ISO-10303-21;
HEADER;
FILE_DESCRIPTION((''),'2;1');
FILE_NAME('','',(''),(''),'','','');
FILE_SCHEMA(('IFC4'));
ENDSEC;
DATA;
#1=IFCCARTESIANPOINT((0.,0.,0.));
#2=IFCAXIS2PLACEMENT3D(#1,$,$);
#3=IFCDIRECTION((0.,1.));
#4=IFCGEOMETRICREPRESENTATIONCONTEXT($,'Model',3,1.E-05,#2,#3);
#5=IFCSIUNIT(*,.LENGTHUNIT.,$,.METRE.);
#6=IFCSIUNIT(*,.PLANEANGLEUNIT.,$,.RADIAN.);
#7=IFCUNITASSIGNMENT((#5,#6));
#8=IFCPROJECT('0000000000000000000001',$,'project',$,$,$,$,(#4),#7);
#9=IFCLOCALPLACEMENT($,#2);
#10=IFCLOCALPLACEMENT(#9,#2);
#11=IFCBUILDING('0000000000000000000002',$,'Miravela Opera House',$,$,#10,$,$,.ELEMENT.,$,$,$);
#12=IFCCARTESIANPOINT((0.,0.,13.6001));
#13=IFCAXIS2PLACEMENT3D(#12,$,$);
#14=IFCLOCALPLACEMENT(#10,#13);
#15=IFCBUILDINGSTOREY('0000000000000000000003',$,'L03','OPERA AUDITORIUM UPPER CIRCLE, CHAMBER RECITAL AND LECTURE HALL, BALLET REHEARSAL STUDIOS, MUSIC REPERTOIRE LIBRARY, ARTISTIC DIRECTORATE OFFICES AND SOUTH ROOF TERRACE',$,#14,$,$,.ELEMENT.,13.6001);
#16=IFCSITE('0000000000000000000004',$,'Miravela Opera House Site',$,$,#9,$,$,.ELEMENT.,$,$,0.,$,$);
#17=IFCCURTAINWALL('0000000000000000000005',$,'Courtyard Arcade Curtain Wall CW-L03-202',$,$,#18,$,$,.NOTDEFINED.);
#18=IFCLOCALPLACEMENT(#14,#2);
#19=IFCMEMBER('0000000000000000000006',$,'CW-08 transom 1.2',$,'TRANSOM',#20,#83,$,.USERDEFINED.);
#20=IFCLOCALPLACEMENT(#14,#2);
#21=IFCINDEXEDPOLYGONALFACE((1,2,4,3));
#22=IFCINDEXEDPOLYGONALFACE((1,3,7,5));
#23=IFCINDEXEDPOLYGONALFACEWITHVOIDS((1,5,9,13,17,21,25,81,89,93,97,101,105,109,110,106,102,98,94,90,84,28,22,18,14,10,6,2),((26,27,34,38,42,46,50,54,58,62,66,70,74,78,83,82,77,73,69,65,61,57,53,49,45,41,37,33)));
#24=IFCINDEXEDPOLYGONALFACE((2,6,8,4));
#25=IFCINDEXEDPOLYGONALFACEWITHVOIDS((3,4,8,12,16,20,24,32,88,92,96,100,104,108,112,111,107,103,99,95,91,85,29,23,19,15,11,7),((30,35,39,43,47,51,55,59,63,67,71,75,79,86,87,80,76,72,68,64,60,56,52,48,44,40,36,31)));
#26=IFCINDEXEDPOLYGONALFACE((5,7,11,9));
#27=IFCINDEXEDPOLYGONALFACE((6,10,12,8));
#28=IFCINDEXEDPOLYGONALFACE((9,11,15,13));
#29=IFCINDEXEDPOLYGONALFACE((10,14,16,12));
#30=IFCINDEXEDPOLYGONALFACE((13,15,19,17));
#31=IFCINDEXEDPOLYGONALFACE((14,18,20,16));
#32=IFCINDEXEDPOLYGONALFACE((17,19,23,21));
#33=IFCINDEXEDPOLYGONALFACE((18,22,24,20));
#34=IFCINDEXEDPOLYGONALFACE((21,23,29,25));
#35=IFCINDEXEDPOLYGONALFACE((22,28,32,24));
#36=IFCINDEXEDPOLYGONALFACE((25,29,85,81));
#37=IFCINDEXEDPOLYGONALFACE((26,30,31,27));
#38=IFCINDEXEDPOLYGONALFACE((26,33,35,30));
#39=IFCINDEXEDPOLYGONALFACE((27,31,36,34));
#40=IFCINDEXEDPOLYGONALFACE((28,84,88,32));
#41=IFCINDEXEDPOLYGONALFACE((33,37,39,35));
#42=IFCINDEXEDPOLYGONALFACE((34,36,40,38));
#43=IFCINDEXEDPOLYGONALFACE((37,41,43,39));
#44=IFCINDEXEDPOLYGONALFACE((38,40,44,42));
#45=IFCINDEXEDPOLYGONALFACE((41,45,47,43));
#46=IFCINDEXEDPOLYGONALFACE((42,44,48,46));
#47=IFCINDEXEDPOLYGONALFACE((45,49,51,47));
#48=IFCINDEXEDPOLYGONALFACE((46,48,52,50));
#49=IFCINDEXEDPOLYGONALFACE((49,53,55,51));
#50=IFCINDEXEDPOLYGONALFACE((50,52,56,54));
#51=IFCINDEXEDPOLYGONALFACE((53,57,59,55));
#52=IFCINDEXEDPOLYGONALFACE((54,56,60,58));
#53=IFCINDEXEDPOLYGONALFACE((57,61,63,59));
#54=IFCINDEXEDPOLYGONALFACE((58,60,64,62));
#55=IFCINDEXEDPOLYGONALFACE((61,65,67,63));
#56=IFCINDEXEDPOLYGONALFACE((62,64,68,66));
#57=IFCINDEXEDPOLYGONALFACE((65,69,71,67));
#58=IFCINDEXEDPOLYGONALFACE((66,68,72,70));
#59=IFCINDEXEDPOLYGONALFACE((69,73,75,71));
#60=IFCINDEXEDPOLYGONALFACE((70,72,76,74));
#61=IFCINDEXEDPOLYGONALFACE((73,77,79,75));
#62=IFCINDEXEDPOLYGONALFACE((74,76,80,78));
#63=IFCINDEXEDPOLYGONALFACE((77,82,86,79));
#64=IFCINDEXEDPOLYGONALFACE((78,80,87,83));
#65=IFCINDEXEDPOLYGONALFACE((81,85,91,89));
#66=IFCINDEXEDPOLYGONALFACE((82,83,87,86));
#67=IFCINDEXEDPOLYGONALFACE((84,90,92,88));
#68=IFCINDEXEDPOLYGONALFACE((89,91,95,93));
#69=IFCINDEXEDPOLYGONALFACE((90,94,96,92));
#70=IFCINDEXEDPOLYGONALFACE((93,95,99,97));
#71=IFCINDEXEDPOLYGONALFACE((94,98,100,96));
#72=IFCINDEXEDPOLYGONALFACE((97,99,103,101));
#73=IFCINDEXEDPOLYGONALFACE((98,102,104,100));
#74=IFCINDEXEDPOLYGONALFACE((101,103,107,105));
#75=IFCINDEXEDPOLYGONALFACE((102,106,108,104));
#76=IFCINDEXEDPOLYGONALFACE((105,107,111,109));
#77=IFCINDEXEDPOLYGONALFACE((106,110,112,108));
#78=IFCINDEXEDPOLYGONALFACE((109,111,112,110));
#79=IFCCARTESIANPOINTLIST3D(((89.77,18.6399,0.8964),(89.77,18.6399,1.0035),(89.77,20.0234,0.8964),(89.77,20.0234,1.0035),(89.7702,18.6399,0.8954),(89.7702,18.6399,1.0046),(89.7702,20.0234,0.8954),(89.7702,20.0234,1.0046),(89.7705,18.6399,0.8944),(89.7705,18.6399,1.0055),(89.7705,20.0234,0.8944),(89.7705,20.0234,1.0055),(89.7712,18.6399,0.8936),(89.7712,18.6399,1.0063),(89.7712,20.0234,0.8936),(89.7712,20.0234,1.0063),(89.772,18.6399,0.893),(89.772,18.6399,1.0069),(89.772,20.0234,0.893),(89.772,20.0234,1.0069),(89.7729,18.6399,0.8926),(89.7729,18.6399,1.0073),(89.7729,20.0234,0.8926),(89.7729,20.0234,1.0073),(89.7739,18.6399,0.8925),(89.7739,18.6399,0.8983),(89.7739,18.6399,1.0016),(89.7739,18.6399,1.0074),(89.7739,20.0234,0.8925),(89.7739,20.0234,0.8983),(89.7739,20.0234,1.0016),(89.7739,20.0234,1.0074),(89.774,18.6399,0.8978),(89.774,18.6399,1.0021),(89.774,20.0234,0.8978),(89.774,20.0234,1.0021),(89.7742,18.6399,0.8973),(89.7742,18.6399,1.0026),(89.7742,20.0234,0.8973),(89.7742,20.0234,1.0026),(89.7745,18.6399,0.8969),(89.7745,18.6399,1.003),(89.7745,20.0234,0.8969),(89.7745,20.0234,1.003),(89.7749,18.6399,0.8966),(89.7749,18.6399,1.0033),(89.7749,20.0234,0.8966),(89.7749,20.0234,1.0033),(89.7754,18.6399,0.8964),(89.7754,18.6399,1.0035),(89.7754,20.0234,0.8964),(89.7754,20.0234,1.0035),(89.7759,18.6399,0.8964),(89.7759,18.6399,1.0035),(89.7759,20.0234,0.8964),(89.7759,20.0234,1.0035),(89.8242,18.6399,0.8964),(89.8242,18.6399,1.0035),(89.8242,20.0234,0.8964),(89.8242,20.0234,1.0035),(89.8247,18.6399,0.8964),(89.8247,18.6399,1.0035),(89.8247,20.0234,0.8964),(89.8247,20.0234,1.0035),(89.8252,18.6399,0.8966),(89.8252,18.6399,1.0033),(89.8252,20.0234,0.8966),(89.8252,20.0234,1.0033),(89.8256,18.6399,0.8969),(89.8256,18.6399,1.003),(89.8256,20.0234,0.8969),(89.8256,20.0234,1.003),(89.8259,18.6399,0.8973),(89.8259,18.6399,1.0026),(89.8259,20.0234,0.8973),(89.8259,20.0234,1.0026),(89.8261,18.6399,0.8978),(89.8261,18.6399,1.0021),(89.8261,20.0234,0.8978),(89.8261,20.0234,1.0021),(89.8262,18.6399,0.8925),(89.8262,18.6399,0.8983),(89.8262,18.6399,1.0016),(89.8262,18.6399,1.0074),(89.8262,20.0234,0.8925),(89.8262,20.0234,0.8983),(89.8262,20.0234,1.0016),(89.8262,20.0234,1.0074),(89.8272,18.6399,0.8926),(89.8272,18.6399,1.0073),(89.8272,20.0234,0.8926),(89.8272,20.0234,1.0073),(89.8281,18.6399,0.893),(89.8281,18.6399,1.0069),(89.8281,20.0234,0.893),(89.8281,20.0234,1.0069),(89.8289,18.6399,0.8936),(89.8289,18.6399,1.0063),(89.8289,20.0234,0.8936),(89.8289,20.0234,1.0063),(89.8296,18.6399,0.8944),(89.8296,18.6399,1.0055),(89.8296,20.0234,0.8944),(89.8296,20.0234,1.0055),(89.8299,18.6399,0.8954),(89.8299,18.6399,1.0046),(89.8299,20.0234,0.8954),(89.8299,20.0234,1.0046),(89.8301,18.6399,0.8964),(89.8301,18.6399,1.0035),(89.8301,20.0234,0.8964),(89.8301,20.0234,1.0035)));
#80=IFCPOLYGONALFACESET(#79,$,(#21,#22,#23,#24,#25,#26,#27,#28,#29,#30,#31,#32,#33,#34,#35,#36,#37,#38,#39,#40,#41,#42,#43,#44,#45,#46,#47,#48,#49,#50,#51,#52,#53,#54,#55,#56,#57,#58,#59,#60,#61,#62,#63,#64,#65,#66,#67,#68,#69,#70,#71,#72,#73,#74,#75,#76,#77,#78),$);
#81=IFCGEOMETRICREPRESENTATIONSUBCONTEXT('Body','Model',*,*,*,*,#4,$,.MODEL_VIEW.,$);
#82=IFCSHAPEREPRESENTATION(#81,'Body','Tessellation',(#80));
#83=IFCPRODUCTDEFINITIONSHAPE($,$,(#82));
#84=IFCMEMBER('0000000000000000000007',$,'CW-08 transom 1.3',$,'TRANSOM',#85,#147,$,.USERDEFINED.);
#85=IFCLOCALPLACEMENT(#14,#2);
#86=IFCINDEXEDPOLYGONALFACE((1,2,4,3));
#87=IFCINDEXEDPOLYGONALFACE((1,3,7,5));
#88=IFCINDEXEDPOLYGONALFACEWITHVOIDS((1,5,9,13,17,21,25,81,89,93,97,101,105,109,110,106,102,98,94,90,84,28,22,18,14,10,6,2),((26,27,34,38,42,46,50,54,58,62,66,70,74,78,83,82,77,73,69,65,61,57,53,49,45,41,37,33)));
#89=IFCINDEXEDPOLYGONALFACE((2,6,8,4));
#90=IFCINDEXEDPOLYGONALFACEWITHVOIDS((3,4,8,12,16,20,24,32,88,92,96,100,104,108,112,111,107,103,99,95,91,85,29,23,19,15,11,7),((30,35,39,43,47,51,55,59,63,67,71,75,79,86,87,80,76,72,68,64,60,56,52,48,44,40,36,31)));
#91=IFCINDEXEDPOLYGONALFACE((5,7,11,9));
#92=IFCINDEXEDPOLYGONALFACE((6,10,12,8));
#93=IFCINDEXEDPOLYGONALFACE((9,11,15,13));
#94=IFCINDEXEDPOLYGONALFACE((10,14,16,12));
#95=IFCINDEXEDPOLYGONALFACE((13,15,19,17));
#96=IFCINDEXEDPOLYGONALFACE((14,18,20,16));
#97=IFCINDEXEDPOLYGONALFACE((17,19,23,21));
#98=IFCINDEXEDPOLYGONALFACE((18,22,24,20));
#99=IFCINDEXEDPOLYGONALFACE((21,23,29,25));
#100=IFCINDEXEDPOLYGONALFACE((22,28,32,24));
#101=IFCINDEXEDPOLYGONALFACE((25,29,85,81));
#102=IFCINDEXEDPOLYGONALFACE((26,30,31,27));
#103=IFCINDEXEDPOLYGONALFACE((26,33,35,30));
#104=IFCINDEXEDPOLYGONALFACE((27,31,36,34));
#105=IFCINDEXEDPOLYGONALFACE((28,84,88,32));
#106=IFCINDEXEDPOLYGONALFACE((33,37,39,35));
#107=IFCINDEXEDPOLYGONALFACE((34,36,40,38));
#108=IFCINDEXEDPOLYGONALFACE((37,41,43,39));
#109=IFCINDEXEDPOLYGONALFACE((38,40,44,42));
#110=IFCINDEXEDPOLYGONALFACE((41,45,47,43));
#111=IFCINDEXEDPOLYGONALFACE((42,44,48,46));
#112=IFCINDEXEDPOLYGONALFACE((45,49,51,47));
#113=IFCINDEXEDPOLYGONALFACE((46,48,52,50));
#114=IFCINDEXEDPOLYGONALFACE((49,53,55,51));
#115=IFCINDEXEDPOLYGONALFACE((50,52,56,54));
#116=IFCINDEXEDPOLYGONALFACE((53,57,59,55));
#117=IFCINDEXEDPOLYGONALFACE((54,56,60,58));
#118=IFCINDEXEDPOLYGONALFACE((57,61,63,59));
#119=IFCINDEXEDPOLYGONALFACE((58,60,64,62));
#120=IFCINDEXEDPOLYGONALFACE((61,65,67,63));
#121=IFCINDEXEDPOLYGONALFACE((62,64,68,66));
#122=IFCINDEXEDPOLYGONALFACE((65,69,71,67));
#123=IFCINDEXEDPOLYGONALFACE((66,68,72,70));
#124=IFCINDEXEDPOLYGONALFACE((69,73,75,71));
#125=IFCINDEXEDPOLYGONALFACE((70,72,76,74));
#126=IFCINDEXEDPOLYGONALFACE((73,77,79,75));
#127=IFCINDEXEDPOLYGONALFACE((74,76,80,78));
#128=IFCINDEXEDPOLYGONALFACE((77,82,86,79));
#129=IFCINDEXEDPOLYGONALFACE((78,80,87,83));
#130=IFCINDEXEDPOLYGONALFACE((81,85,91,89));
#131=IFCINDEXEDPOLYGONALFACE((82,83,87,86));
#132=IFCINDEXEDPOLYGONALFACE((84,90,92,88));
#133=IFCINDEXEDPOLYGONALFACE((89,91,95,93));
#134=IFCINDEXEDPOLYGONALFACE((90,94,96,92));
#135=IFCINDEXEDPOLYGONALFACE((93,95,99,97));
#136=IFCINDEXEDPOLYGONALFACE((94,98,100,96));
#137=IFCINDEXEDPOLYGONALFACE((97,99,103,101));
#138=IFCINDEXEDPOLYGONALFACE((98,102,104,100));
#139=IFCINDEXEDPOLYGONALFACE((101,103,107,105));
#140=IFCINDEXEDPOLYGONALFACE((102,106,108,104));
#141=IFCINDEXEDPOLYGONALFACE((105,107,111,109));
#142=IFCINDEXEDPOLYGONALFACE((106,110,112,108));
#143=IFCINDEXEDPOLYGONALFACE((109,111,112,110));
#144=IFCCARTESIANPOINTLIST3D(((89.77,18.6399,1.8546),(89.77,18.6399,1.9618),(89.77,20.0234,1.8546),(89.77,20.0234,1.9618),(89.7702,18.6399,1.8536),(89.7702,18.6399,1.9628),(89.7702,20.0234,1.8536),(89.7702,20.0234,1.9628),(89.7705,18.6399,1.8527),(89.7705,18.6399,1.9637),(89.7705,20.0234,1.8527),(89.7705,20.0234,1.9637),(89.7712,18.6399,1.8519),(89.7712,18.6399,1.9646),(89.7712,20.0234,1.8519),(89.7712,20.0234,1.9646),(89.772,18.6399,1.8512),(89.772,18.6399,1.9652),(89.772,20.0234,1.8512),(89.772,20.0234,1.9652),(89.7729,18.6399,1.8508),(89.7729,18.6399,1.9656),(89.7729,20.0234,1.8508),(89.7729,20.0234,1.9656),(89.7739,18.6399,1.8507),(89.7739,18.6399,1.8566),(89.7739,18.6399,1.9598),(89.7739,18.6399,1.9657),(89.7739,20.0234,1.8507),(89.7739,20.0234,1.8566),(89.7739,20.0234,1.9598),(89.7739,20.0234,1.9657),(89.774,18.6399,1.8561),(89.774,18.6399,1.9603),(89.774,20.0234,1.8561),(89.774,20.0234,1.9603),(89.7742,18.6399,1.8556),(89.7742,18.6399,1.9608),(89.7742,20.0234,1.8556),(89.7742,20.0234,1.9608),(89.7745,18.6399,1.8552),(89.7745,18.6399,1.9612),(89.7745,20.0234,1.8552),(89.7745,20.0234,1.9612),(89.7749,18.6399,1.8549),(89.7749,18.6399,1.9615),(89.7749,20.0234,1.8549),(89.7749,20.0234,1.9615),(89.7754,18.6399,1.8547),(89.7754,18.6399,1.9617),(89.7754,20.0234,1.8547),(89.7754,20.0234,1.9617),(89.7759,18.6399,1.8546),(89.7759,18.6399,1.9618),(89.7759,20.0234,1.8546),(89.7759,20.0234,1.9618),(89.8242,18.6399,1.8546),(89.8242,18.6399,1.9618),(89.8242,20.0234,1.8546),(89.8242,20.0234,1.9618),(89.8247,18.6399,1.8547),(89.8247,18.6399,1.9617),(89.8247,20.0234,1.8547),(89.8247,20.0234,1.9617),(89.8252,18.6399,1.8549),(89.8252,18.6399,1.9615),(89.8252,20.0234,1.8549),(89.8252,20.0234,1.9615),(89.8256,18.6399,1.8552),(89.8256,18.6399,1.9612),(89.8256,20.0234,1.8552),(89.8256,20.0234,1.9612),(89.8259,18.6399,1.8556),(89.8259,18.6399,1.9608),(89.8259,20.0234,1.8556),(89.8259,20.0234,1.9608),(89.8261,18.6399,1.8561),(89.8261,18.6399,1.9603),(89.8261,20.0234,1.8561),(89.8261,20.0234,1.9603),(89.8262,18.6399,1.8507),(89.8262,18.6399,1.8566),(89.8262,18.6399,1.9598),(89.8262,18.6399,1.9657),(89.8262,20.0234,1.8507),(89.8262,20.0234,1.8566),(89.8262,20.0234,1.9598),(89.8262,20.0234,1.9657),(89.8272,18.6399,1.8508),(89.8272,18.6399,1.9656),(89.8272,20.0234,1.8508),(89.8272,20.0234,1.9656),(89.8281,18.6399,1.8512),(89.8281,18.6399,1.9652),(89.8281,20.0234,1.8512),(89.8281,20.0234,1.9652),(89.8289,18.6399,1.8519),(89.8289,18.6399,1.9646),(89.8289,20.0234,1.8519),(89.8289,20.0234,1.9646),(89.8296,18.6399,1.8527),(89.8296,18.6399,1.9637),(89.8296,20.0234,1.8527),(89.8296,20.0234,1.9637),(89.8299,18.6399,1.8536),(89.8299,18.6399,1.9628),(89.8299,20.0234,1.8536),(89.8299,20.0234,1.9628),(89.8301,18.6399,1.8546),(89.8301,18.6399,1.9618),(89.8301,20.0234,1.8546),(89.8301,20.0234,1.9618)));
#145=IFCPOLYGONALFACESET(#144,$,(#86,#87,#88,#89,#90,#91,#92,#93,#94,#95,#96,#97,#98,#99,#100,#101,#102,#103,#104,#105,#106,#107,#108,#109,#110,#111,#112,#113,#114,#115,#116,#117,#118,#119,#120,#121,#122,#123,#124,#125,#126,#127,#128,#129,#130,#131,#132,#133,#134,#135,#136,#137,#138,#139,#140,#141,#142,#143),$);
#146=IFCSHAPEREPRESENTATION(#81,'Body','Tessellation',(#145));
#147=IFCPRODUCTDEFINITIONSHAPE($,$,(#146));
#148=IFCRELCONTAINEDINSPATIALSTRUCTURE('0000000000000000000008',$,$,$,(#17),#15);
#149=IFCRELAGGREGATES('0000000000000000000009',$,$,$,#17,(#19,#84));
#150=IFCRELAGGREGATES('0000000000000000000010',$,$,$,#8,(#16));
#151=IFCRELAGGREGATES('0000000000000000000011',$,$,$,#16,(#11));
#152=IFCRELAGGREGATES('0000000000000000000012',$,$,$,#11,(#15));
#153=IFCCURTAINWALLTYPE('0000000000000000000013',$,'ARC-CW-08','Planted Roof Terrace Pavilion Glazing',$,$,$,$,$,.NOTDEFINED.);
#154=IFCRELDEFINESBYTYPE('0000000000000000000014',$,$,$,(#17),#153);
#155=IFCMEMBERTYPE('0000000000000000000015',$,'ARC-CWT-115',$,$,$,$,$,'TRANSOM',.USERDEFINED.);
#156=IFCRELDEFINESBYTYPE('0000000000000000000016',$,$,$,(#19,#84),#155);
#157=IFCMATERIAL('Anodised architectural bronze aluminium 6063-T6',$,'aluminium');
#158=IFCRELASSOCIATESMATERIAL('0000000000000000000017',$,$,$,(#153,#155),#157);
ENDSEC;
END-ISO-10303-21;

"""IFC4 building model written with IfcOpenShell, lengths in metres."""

from ifc_helpers import new_model, si_unit, direction, frame, origin, origin_2d, place, context, subcontext, project, spatial, hollow_rectangle, extrude, material, material_profile, profile_set, type_object, element, aggregate, save


model = new_model("IFC4")

# Units and contexts
model_context = context("Model", 3, precision=1e-05, world=origin(), true_north=direction((0.0, 1.0)))
body_context = subcontext(model_context, "Body", "Model", "MODEL_VIEW")
ifc_project = project(units=[si_unit("LENGTHUNIT", "METRE"), si_unit("PLANEANGLEUNIT", "RADIAN")], contexts=[model_context])

# Site, building, storey
site_placement = place(None, origin())
site = spatial("IfcSite", under=ifc_project, at=site_placement, Name="Miravela Opera House Site", CompositionType="ELEMENT", RefElevation=0.0)
building_placement = place(site_placement, origin())
building = spatial("IfcBuilding", under=site, at=building_placement, Name="Miravela Opera House", CompositionType="ELEMENT")
storey_placement = place(building_placement, frame((0.0, 0.0, 13.6001)))
storey = spatial("IfcBuildingStorey", under=building, at=storey_placement, Name="L03", Description="OPERA AUDITORIUM UPPER CIRCLE, CHAMBER RECITAL AND LECTURE HALL, BALLET REHEARSAL STUDIOS, MUSIC REPERTOIRE LIBRARY, ARTISTIC DIRECTORATE OFFICES AND SOUTH ROOF TERRACE", CompositionType="ELEMENT", Elevation=13.6001)

# Curtain wall
ifc_material_1 = material(Name="Anodised architectural bronze aluminium 6063-T6", Category="aluminium")
curtain_wall_type = type_object("IfcCurtainWallType", Name="ARC-CW-08", Description="Planted Roof Terrace Pavilion Glazing", PredefinedType="NOTDEFINED", material=ifc_material_1)
curtain_wall_1_placement = place(storey_placement, origin())
curtain_wall_1 = element("IfcCurtainWall", 1, at=curtain_wall_1_placement, inside=storey, type_object=curtain_wall_type, Name="Courtyard Arcade Curtain Wall CW-L03-202", PredefinedType="NOTDEFINED")

# Members
ifc_material_profile_1 = material_profile(ifc_material_1, hollow_rectangle(XDim=0.0601, YDim=0.115, WallThickness=0.0039, InnerFilletRadius=0.002, OuterFilletRadius=0.0039, at=origin_2d()), Name="CWT-60X115")
ifc_profile_set_1 = profile_set([ifc_material_profile_1])
member_type_1 = type_object("IfcMemberType", Name="ARC-CWT-115", ElementType="TRANSOM", PredefinedType="USERDEFINED", material=ifc_profile_set_1)
member_1_placement = place(storey_placement, frame((89.8, 18.6399, 0.95), z_axis=(0.0, 1.0, 0.0), x_axis=(-1.0, 0.0, 0.0)))
member_1 = element("IfcMember", 2, at=member_1_placement, type_object=member_type_1, Name="CW-08 transom 1.2", ObjectType="TRANSOM", PredefinedType="USERDEFINED", context=body_context, shape_type="SweptSolid", body=[
    extrude(hollow_rectangle(XDim=0.0601, YDim=0.115, WallThickness=0.0039, InnerFilletRadius=0.002, OuterFilletRadius=0.0039, at=origin_2d()), origin(), (0.0, 0.0, 1.0), 1.3835),
])
member_2_placement = place(storey_placement, frame((89.8, 18.6399, 1.9082), z_axis=(0.0, 1.0, 0.0), x_axis=(-1.0, 0.0, 0.0)))
member_2 = element("IfcMember", 3, at=member_2_placement, type_object=member_type_1, Name="CW-08 transom 1.3", ObjectType="TRANSOM", PredefinedType="USERDEFINED", context=body_context, shape_type="SweptSolid", body=[
    extrude(hollow_rectangle(XDim=0.0601, YDim=0.115, WallThickness=0.0039, InnerFilletRadius=0.002, OuterFilletRadius=0.0039, at=origin_2d()), origin(), (0.0, 0.0, 1.0), 1.3835),
])

aggregate(curtain_wall_1, [member_1, member_2])

save(model, "model.ifc")
